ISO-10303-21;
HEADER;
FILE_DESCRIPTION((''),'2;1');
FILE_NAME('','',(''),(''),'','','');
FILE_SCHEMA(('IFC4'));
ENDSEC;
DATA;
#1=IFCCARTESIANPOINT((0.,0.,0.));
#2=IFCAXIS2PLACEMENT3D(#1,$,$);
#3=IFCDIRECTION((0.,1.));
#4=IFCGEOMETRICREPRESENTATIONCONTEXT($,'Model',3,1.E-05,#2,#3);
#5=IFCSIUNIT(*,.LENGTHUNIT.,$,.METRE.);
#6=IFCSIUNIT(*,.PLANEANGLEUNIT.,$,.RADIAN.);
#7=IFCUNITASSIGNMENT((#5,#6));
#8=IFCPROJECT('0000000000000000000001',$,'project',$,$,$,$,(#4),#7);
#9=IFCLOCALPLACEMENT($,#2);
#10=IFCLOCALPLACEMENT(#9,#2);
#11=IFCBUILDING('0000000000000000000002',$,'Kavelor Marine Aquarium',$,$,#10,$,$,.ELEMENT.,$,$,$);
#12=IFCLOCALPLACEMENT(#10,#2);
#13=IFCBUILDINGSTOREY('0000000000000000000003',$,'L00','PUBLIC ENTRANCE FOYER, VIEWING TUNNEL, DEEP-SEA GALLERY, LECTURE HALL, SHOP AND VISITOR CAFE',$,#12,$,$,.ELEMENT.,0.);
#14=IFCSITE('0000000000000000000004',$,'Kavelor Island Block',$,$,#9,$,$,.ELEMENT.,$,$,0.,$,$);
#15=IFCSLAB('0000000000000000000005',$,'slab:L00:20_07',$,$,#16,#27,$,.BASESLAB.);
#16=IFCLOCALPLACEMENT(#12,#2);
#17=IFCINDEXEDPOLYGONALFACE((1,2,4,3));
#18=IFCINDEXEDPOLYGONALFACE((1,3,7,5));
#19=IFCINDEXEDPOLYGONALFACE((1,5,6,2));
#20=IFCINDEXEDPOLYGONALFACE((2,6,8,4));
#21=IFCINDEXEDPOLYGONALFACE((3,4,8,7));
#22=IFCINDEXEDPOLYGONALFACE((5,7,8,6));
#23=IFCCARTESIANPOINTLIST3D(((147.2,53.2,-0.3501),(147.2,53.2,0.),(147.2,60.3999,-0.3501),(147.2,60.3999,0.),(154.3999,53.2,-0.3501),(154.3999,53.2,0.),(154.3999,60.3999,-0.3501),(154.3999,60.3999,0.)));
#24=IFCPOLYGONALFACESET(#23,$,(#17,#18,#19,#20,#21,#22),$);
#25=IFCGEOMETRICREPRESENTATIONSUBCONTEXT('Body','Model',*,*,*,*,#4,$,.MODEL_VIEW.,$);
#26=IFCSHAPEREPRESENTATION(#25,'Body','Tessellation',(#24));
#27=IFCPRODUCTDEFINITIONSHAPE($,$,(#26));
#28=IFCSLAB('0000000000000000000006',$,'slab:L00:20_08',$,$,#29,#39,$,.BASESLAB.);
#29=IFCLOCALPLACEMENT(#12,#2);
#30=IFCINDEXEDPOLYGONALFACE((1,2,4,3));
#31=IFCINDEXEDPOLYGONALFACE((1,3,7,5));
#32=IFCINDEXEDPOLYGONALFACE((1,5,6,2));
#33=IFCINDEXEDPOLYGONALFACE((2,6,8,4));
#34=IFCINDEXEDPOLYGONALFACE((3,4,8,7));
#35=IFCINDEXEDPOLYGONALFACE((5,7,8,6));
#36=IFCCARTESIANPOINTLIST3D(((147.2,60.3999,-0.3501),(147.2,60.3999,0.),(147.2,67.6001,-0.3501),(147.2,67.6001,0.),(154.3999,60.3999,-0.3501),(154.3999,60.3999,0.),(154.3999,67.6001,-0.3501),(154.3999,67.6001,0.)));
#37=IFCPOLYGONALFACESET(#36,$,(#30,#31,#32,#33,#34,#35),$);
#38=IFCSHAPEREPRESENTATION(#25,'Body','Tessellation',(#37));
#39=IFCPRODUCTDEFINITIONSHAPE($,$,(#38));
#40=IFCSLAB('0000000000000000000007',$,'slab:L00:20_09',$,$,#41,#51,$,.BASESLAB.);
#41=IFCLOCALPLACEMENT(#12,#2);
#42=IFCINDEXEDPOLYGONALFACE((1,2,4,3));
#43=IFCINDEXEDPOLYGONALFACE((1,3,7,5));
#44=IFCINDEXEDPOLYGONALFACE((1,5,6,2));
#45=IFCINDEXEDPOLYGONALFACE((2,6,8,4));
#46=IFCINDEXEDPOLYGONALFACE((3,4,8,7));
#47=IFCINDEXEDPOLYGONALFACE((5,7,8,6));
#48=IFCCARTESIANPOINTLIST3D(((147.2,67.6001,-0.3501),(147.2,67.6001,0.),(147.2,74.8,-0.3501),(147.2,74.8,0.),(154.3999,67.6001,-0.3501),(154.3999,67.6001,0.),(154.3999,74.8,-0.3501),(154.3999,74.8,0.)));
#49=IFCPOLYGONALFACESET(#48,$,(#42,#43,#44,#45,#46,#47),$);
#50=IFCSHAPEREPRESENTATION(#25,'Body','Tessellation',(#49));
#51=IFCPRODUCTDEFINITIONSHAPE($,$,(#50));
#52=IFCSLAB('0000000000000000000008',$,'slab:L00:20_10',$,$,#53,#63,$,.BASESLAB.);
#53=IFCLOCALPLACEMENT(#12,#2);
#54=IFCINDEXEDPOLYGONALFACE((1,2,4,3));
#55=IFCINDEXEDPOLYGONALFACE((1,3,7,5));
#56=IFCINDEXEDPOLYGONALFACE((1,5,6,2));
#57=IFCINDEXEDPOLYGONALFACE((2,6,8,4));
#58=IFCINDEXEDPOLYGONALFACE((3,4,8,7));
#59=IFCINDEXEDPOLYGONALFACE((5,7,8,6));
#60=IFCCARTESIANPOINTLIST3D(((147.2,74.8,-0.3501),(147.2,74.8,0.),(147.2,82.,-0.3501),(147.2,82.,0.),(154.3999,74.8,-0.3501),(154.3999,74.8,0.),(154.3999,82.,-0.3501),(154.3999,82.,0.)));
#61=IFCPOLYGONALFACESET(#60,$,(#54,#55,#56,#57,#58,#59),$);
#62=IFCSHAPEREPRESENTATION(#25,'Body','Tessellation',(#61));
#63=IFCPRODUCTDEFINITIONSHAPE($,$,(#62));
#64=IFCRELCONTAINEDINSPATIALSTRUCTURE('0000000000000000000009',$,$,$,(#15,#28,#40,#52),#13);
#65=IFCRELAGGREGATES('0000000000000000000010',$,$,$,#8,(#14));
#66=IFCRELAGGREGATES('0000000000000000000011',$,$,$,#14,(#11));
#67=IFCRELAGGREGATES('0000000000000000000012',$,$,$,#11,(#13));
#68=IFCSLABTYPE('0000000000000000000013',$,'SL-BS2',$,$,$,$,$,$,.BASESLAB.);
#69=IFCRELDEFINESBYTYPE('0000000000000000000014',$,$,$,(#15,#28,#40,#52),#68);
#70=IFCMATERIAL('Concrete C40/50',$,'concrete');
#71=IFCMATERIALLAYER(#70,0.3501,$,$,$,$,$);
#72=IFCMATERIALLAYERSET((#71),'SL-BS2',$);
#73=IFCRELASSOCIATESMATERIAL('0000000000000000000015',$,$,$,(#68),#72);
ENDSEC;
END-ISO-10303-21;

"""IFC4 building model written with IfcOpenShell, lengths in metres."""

from ifc_helpers import new_model, si_unit, direction, frame, origin, place, context, subcontext, project, spatial, polyline, outline, extrude, material, layer, layer_set, type_object, element, save


model = new_model("IFC4")

# Units and contexts
model_context = context("Model", 3, precision=1e-05, world=origin(), true_north=direction((0.0, 1.0)))
body_context = subcontext(model_context, "Body", "Model", "MODEL_VIEW")
ifc_project = project(units=[si_unit("LENGTHUNIT", "METRE"), si_unit("PLANEANGLEUNIT", "RADIAN")], contexts=[model_context])

# Site, building, storey
site_placement = place(None, origin())
site = spatial("IfcSite", under=ifc_project, at=site_placement, Name="Kavelor Island Block", CompositionType="ELEMENT", RefElevation=0.0)
building_placement = place(site_placement, origin())
building = spatial("IfcBuilding", under=site, at=building_placement, Name="Kavelor Marine Aquarium", CompositionType="ELEMENT")
storey_placement = place(building_placement, origin())
storey = spatial("IfcBuildingStorey", under=building, at=storey_placement, Name="L00", Description="PUBLIC ENTRANCE FOYER, VIEWING TUNNEL, DEEP-SEA GALLERY, LECTURE HALL, SHOP AND VISITOR CAFE", CompositionType="ELEMENT", Elevation=0.0)

# Slabs
ifc_material = material(Name="Concrete C40/50", Category="concrete")
ifc_layer = layer(ifc_material, 0.3501)
ifc_layer_set = layer_set([ifc_layer], Name="SL-BS2")
slab_type = type_object("IfcSlabType", Name="SL-BS2", PredefinedType="BASESLAB", material=ifc_layer_set)
slab_1_placement = place(storey_placement, frame((0.0, 0.0, -0.3501)))
element("IfcSlab", 1, at=slab_1_placement, inside=storey, type_object=slab_type, Name="slab:L00:20_07", PredefinedType="BASESLAB", context=body_context, shape_type="SweptSolid", body=[
    extrude(outline(polyline([(147.2, 53.2), (154.3999, 53.2), (154.3999, 60.3999), (147.2, 60.3999), (147.2, 53.2)])), origin(), (0.0, 0.0, 1.0), 0.3501),
])
slab_2_placement = place(storey_placement, frame((0.0, 0.0, -0.3501)))
element("IfcSlab", 2, at=slab_2_placement, inside=storey, type_object=slab_type, Name="slab:L00:20_08", PredefinedType="BASESLAB", context=body_context, shape_type="SweptSolid", body=[
    extrude(outline(polyline([(147.2, 60.3999), (154.3999, 60.3999), (154.3999, 67.6001), (147.2, 67.6001), (147.2, 60.3999)])), origin(), (0.0, 0.0, 1.0), 0.3501),
])
slab_3_placement = place(storey_placement, frame((0.0, 0.0, -0.3501)))
element("IfcSlab", 3, at=slab_3_placement, inside=storey, type_object=slab_type, Name="slab:L00:20_09", PredefinedType="BASESLAB", context=body_context, shape_type="SweptSolid", body=[
    extrude(outline(polyline([(147.2, 67.6001), (154.3999, 67.6001), (154.3999, 74.8), (147.2, 74.8), (147.2, 67.6001)])), origin(), (0.0, 0.0, 1.0), 0.3501),
])
slab_4_placement = place(storey_placement, frame((0.0, 0.0, -0.3501)))
element("IfcSlab", 4, at=slab_4_placement, inside=storey, type_object=slab_type, Name="slab:L00:20_10", PredefinedType="BASESLAB", context=body_context, shape_type="SweptSolid", body=[
    extrude(outline(polyline([(147.2, 74.8), (154.3999, 74.8), (154.3999, 82.0), (147.2, 82.0), (147.2, 74.8)])), origin(), (0.0, 0.0, 1.0), 0.3501),
])

save(model, "model.ifc")
